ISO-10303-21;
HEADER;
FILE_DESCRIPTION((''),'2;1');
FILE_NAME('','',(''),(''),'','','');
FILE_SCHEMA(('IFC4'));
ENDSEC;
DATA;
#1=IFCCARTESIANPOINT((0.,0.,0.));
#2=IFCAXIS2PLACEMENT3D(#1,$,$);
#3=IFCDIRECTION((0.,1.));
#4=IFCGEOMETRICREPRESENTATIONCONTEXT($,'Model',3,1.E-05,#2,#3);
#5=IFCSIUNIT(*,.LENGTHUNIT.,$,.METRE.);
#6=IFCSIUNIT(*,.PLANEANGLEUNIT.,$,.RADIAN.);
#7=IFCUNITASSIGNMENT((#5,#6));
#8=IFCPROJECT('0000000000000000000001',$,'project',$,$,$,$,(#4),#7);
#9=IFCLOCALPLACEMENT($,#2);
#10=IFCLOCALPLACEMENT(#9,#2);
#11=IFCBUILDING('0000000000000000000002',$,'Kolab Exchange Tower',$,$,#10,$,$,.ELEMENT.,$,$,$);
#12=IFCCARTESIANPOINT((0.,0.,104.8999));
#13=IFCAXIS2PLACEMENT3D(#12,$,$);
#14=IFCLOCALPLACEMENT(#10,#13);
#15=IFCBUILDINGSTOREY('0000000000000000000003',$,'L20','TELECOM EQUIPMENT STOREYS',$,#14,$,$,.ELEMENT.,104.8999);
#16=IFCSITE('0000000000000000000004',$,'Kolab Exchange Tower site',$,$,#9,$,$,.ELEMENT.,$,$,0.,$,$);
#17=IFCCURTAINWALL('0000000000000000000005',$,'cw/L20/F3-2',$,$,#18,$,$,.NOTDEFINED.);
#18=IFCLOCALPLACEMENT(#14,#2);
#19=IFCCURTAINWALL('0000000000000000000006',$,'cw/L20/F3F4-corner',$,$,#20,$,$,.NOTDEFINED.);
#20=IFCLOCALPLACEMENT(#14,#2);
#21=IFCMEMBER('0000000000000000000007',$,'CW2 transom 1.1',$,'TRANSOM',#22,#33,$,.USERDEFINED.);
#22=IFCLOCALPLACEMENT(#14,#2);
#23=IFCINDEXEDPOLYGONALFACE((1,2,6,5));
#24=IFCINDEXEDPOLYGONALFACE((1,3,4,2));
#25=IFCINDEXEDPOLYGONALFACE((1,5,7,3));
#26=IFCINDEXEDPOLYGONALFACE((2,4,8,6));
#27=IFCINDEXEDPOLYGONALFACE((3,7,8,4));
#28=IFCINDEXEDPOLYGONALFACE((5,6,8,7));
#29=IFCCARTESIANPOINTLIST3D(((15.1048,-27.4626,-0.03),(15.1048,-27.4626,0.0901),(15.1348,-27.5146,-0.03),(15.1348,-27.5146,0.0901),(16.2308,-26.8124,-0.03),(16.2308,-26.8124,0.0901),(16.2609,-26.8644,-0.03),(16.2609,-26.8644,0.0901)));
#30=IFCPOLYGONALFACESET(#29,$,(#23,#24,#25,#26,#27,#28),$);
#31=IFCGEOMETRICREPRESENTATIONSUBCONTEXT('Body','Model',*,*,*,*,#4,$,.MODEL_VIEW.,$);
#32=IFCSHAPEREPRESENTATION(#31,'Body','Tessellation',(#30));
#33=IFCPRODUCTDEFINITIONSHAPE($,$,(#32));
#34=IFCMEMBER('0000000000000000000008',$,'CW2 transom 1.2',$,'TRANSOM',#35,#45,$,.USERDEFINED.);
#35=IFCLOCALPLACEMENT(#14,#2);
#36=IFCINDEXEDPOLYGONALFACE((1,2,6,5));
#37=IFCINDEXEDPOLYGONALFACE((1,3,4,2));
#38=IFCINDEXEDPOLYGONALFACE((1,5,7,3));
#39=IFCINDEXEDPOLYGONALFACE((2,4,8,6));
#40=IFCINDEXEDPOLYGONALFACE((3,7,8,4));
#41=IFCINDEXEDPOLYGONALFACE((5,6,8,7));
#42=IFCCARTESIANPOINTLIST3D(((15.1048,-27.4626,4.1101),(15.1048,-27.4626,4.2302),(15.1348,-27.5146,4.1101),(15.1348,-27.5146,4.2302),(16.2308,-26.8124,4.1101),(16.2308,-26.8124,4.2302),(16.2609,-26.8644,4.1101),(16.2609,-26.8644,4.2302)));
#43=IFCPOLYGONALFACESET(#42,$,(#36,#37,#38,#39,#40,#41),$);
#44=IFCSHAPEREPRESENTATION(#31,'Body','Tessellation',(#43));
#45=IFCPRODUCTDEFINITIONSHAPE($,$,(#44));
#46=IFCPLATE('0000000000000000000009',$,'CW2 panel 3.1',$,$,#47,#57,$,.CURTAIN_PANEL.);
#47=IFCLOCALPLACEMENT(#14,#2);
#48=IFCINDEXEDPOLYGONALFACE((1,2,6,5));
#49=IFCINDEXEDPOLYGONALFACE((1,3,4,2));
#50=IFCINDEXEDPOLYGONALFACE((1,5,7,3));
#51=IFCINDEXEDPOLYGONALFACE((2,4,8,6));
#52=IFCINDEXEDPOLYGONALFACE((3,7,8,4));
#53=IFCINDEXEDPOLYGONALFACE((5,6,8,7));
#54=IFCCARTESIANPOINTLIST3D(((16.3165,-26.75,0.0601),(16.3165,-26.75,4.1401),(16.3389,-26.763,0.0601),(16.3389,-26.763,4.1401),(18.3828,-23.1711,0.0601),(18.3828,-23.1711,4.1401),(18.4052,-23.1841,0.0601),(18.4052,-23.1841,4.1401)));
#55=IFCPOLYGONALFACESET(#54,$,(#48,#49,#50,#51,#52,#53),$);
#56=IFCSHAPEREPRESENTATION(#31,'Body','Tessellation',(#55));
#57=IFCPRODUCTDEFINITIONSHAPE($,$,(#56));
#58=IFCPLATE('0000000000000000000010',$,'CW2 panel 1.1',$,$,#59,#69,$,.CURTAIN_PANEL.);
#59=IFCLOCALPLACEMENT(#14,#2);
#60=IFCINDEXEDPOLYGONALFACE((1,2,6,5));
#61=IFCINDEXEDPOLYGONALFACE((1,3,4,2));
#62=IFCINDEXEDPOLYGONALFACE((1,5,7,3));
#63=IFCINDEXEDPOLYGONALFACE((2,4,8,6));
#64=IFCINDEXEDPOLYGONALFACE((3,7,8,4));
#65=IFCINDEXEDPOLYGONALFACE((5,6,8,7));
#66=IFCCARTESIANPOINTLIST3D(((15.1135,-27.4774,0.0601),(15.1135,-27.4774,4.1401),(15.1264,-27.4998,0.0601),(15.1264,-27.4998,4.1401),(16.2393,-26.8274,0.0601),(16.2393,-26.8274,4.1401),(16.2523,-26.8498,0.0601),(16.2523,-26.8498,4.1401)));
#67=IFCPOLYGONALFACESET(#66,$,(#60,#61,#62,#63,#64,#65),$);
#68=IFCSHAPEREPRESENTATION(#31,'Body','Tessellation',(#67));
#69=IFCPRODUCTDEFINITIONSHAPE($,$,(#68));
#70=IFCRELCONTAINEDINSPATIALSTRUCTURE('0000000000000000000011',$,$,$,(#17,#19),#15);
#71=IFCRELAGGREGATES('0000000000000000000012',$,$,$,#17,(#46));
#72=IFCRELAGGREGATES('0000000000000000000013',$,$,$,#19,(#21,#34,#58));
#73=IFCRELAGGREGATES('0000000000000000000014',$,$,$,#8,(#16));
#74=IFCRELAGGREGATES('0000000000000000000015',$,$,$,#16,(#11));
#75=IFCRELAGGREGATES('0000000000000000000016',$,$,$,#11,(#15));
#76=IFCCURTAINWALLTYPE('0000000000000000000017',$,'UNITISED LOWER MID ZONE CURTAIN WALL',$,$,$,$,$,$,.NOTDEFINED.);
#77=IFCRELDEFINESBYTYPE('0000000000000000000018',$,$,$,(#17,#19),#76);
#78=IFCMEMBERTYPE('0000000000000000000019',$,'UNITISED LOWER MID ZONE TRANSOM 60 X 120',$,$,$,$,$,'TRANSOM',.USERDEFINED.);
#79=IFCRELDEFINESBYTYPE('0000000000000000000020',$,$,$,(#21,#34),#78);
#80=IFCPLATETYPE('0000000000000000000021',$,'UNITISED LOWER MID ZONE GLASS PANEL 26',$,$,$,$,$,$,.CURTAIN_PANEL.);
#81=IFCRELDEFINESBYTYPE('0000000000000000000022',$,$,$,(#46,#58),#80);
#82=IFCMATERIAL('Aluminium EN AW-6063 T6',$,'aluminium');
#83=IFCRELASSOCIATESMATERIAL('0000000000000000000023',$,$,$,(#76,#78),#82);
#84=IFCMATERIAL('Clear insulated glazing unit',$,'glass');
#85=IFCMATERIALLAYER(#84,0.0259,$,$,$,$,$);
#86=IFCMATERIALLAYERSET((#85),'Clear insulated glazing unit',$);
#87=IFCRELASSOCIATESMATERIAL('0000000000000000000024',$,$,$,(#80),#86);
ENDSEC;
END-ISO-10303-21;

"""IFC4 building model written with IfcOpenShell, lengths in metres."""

from ifc_helpers import new_model, si_unit, direction, frame, origin, origin_2d, place, context, subcontext, project, spatial, rectangle, extrude, material, layer, layer_set, material_profile, profile_set, type_object, element, aggregate, save


model = new_model("IFC4")

# Units and contexts
model_context = context("Model", 3, precision=1e-05, world=origin(), true_north=direction((0.0, 1.0)))
body_context = subcontext(model_context, "Body", "Model", "MODEL_VIEW")
ifc_project = project(units=[si_unit("LENGTHUNIT", "METRE"), si_unit("PLANEANGLEUNIT", "RADIAN")], contexts=[model_context])

# Site, building, storey
site_placement = place(None, origin())
site = spatial("IfcSite", under=ifc_project, at=site_placement, Name="Kolab Exchange Tower site", CompositionType="ELEMENT", RefElevation=0.0)
building_placement = place(site_placement, origin())
building = spatial("IfcBuilding", under=site, at=building_placement, Name="Kolab Exchange Tower", CompositionType="ELEMENT")
storey_placement = place(building_placement, frame((0.0, 0.0, 104.8999)))
storey = spatial("IfcBuildingStorey", under=building, at=storey_placement, Name="L20", Description="TELECOM EQUIPMENT STOREYS", CompositionType="ELEMENT", Elevation=104.8999)

# Curtain wall
ifc_material_1 = material(Name="Aluminium EN AW-6063 T6", Category="aluminium")
curtain_wall_type = type_object("IfcCurtainWallType", Name="UNITISED LOWER MID ZONE CURTAIN WALL", PredefinedType="NOTDEFINED", material=ifc_material_1)
curtain_wall_1_placement = place(storey_placement, origin())
curtain_wall_1 = element("IfcCurtainWall", 1, at=curtain_wall_1_placement, inside=storey, type_object=curtain_wall_type, Name="cw/L20/F3-2", PredefinedType="NOTDEFINED")

# Curtain wall
curtain_wall_2_placement = place(storey_placement, origin())
curtain_wall_2 = element("IfcCurtainWall", 2, at=curtain_wall_2_placement, inside=storey, type_object=curtain_wall_type, Name="cw/L20/F3F4-corner", PredefinedType="NOTDEFINED")

# Members
ifc_material_profile_1 = material_profile(ifc_material_1, rectangle(XDim=0.0601, YDim=0.1201, at=origin_2d()), Name="RECT 60X120")
ifc_profile_set_1 = profile_set([ifc_material_profile_1], Name="Aluminium EN AW-6063 T6")
member_type_1 = type_object("IfcMemberType", Name="UNITISED LOWER MID ZONE TRANSOM 60 X 120", ElementType="TRANSOM", PredefinedType="USERDEFINED", material=ifc_profile_set_1)
member_1_placement = place(storey_placement, frame((16.2458, -26.8384, 0.03), z_axis=(-0.866004, -0.500037, 0.0), x_axis=(0.500037, -0.866004, 0.0)))
member_1 = element("IfcMember", 3, at=member_1_placement, type_object=member_type_1, Name="CW2 transom 1.1", ObjectType="TRANSOM", PredefinedType="USERDEFINED", context=body_context, shape_type="SweptSolid", body=[
    extrude(rectangle(XDim=0.0601, YDim=0.1201, at=origin_2d()), origin(), (0.0, 0.0, 1.0), 1.3003),
])
member_2_placement = place(storey_placement, frame((16.2458, -26.8384, 4.1702), z_axis=(-0.866004, -0.500037, 0.0), x_axis=(0.500037, -0.866004, 0.0)))
member_2 = element("IfcMember", 4, at=member_2_placement, type_object=member_type_1, Name="CW2 transom 1.2", ObjectType="TRANSOM", PredefinedType="USERDEFINED", context=body_context, shape_type="SweptSolid", body=[
    extrude(rectangle(XDim=0.0601, YDim=0.1201, at=origin_2d()), origin(), (0.0, 0.0, 1.0), 1.3003),
])

# Plates
ifc_material_2 = material(Name="Clear insulated glazing unit", Category="glass")
ifc_layer = layer(ifc_material_2, 0.0259)
ifc_layer_set = layer_set([ifc_layer], Name="Clear insulated glazing unit")
plate_type = type_object("IfcPlateType", Name="UNITISED LOWER MID ZONE GLASS PANEL 26", PredefinedType="CURTAIN_PANEL", material=ifc_layer_set)
plate_1_placement = place(storey_placement, frame((17.3608, -24.967, 0.0601), z_axis=(0.0, 0.0, 1.0), x_axis=(-0.5, -0.866025, 0.0)))
plate_1 = element("IfcPlate", 5, at=plate_1_placement, type_object=plate_type, Name="CW2 panel 3.1", PredefinedType="CURTAIN_PANEL", context=body_context, shape_type="SweptSolid", body=[
    extrude(rectangle(XDim=4.1326, YDim=0.0259, at=origin_2d()), origin(), (0.0, 0.0, 1.0), 4.0801),
])
aggregate(curtain_wall_1, [plate_1])
plate_2_placement = place(storey_placement, frame((15.6829, -27.1636, 0.0601), z_axis=(0.0, 0.0, 1.0), x_axis=(-0.866025, -0.5, 0.0)))
plate_2 = element("IfcPlate", 6, at=plate_2_placement, type_object=plate_type, Name="CW2 panel 1.1", PredefinedType="CURTAIN_PANEL", context=body_context, shape_type="SweptSolid", body=[
    extrude(rectangle(XDim=1.3, YDim=0.0259, at=origin_2d()), origin(), (0.0, 0.0, 1.0), 4.0801),
])
aggregate(curtain_wall_2, [member_1, member_2, plate_2])

save(model, "model.ifc")
